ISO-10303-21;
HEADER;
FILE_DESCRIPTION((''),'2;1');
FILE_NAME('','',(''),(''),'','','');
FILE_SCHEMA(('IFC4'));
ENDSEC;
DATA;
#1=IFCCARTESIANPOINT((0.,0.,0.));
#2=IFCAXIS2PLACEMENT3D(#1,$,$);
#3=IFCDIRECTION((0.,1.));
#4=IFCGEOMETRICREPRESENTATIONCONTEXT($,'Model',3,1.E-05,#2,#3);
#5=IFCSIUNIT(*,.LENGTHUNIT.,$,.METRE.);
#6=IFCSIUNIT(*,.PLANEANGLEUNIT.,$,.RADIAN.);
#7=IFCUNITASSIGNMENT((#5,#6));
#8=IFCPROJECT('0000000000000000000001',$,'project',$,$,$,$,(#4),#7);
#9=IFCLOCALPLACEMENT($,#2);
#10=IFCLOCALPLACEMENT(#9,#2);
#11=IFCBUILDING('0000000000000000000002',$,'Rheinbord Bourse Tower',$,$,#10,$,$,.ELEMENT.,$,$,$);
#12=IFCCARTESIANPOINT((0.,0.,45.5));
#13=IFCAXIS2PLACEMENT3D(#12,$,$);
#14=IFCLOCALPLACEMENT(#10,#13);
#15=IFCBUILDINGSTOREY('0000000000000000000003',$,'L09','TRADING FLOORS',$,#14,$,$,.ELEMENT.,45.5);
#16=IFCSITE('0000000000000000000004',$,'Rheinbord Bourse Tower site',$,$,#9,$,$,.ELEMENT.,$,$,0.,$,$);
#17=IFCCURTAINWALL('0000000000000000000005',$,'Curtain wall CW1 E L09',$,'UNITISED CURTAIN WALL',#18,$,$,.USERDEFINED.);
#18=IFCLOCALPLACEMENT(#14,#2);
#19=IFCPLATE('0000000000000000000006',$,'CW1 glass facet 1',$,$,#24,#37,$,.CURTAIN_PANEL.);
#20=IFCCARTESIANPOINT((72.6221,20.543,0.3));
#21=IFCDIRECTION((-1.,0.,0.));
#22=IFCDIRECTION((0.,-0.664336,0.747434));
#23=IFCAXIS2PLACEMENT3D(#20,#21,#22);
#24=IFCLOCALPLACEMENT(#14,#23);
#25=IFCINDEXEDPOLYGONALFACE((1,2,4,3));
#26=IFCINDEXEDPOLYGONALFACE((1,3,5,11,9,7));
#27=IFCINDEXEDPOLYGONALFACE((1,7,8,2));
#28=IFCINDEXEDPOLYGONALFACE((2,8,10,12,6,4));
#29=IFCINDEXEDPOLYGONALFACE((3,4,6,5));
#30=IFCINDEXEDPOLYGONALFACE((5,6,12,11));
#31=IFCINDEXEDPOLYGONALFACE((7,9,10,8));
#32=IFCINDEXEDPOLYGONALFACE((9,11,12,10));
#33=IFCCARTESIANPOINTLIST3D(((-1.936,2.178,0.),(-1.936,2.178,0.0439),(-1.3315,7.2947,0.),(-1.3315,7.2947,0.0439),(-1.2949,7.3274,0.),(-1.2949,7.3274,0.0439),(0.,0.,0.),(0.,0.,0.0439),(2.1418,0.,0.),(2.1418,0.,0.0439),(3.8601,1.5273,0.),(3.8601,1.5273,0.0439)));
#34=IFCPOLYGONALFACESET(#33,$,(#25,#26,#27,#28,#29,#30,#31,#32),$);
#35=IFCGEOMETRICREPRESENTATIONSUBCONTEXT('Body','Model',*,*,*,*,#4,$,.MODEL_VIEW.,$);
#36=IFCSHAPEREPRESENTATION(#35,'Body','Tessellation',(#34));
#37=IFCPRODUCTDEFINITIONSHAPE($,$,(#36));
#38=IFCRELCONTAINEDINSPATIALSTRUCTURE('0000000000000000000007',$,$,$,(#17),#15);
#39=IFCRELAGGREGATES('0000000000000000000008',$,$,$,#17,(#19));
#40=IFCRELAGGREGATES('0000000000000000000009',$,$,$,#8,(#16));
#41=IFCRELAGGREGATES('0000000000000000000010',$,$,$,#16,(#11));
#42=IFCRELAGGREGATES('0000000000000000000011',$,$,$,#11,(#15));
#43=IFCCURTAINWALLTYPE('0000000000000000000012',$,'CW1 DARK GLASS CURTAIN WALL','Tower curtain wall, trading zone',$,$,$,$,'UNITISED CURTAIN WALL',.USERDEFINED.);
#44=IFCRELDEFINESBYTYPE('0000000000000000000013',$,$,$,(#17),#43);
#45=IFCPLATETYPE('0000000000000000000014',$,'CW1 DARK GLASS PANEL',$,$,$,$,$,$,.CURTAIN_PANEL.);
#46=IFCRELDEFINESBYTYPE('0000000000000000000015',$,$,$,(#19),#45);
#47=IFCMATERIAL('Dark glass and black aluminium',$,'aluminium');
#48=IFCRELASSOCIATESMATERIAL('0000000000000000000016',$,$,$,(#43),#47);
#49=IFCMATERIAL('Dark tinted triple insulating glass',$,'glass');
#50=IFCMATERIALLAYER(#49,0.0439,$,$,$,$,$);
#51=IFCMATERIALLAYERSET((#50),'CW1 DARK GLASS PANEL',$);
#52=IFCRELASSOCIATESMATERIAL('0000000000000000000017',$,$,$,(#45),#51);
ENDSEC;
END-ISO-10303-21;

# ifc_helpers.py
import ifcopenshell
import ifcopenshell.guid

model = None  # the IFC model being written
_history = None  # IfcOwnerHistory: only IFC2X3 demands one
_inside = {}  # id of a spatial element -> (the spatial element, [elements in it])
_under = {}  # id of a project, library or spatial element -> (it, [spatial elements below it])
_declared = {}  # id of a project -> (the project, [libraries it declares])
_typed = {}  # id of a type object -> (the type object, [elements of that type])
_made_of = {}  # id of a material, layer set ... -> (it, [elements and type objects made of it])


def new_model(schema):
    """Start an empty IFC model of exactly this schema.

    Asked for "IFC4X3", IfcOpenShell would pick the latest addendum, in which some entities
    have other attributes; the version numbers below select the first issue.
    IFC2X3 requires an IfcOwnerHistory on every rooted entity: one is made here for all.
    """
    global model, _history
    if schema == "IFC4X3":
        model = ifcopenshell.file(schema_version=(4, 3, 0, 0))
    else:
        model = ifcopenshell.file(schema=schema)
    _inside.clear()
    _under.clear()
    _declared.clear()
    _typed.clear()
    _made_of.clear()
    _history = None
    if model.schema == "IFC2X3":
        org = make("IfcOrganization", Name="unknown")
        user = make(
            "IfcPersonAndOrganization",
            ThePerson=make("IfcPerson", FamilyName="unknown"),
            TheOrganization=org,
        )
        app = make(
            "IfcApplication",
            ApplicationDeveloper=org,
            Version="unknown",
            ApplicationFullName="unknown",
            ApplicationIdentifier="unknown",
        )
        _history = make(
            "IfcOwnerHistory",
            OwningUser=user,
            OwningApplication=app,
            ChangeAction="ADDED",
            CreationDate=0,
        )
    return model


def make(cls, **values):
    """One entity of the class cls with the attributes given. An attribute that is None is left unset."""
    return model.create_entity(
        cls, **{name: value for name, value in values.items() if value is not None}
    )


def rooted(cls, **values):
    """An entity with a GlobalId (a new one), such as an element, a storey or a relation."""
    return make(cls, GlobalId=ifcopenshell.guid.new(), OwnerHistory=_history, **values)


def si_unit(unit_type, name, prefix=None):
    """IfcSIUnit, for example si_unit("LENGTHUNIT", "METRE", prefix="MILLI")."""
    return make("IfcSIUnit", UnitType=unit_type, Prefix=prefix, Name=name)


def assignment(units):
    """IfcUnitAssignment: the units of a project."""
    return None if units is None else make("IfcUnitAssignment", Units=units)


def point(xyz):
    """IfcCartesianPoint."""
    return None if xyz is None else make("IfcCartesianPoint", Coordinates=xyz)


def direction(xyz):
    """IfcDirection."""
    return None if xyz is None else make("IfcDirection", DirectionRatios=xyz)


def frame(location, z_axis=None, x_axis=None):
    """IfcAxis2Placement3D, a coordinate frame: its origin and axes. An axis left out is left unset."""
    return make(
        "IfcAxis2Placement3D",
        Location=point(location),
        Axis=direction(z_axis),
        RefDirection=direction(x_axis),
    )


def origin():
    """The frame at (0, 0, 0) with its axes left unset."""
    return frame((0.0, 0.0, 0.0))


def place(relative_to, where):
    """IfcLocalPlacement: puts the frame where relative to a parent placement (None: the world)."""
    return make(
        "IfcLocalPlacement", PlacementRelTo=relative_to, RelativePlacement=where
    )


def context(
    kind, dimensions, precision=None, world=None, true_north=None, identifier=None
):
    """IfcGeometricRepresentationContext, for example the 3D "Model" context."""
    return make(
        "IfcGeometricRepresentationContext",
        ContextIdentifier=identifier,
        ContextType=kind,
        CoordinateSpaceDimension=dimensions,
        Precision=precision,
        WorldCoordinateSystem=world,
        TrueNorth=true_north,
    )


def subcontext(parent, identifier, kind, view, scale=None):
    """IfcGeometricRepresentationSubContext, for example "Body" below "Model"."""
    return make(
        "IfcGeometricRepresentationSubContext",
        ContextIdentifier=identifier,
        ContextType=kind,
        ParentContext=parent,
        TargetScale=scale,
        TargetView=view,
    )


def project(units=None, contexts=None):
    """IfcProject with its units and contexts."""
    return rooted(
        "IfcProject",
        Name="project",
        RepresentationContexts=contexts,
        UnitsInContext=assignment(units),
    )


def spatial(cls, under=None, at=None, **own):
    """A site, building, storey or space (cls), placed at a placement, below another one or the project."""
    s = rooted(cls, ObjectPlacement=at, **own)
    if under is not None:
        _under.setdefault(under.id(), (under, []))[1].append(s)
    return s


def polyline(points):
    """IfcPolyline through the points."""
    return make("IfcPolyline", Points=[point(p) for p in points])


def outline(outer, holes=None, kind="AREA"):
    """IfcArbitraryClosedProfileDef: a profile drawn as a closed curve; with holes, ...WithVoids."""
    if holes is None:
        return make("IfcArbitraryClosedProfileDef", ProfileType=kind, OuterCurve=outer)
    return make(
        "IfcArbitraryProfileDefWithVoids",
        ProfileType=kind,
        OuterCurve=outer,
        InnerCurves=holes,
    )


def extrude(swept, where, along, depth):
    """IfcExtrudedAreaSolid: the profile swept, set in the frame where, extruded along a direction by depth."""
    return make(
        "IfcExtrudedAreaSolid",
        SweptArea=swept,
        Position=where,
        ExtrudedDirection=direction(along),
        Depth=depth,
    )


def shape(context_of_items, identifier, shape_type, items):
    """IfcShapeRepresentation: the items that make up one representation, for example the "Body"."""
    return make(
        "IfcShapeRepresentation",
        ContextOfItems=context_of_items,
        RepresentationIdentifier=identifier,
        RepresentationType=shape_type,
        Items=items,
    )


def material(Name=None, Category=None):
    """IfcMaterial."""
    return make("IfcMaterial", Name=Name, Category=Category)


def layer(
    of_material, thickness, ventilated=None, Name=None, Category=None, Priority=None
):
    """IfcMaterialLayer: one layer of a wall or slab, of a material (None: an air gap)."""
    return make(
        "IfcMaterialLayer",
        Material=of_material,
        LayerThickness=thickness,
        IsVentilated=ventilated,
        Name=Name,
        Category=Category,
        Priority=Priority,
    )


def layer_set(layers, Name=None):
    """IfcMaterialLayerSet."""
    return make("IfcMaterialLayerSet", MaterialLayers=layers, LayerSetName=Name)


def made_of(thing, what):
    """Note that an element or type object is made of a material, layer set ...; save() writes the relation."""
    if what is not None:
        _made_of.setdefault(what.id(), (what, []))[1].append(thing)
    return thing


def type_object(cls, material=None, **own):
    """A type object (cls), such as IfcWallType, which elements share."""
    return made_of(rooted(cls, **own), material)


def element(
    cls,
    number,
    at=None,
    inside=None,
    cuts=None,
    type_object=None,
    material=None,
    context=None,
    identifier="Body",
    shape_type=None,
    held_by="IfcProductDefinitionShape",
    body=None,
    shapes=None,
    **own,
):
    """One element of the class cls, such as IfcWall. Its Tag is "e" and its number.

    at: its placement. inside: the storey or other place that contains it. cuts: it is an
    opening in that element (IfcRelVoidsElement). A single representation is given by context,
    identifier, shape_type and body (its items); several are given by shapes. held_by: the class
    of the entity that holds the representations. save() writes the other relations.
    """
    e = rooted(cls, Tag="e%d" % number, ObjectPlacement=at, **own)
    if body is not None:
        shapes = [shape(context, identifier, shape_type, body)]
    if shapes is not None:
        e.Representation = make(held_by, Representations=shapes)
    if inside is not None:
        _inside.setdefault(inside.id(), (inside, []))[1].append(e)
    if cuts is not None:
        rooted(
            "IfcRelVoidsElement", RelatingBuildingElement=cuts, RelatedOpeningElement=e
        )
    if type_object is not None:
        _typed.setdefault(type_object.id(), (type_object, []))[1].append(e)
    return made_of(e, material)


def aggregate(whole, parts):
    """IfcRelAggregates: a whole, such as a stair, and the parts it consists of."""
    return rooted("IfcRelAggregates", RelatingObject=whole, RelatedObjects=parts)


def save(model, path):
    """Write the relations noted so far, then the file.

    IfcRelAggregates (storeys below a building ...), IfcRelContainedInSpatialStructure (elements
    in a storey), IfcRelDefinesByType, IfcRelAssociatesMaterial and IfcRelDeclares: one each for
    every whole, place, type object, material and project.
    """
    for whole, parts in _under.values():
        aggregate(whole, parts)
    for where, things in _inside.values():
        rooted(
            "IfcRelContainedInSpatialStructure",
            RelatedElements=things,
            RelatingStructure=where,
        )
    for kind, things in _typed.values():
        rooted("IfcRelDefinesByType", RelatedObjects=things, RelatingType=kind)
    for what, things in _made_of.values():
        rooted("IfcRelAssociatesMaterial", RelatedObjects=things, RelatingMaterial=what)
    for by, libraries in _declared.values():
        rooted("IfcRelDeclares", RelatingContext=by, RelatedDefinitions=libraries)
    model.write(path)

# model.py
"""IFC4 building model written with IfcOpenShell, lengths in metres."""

from ifc_helpers import new_model, si_unit, direction, frame, origin, place, context, subcontext, project, spatial, polyline, outline, extrude, material, layer, layer_set, type_object, element, aggregate, save


model = new_model("IFC4")

# Units and contexts
model_context = context("Model", 3, precision=1e-05, world=origin(), true_north=direction((0.0, 1.0)))
body_context = subcontext(model_context, "Body", "Model", "MODEL_VIEW")
ifc_project = project(units=[si_unit("LENGTHUNIT", "METRE"), si_unit("PLANEANGLEUNIT", "RADIAN")], contexts=[model_context])

# Site, building, storey
site_placement = place(None, origin())
site = spatial("IfcSite", under=ifc_project, at=site_placement, Name="Rheinbord Bourse Tower site", CompositionType="ELEMENT", RefElevation=0.0)
building_placement = place(site_placement, origin())
building = spatial("IfcBuilding", under=site, at=building_placement, Name="Rheinbord Bourse Tower", CompositionType="ELEMENT")
storey_placement = place(building_placement, frame((0.0, 0.0, 45.5)))
storey = spatial("IfcBuildingStorey", under=building, at=storey_placement, Name="L09", Description="TRADING FLOORS", CompositionType="ELEMENT", Elevation=45.5)

# Curtain wall
ifc_material_1 = material(Name="Dark glass and black aluminium", Category="aluminium")
curtain_wall_type = type_object("IfcCurtainWallType", Name="CW1 DARK GLASS CURTAIN WALL", Description="Tower curtain wall, trading zone", ElementType="UNITISED CURTAIN WALL", PredefinedType="USERDEFINED", material=ifc_material_1)
curtain_wall_placement = place(storey_placement, origin())
curtain_wall = element("IfcCurtainWall", 1, at=curtain_wall_placement, inside=storey, type_object=curtain_wall_type, Name="Curtain wall CW1 E L09", ObjectType="UNITISED CURTAIN WALL", PredefinedType="USERDEFINED")

# Plate
ifc_material_2 = material(Name="Dark tinted triple insulating glass", Category="glass")
ifc_layer_1 = layer(ifc_material_2, 0.0439)
ifc_layer_set_1 = layer_set([ifc_layer_1], Name="CW1 DARK GLASS PANEL")
plate_type = type_object("IfcPlateType", Name="CW1 DARK GLASS PANEL", PredefinedType="CURTAIN_PANEL", material=ifc_layer_set_1)
plate_1_placement = place(storey_placement, frame((72.6221, 20.543, 0.3), z_axis=(-1.0, 0.0, 0.0), x_axis=(0.0, -0.664336, 0.747434)))
plate_1 = element("IfcPlate", 2, at=plate_1_placement, type_object=plate_type, Name="CW1 glass facet 1", PredefinedType="CURTAIN_PANEL", context=body_context, shape_type="SweptSolid", body=[
    extrude(outline(polyline([(0.0, 0.0), (2.1418, 0.0), (3.8601, 1.5273), (-1.2949, 7.3274), (-1.3315, 7.2947), (-1.936, 2.178), (0.0, 0.0)])), origin(), (0.0, 0.0, 1.0), 0.0439),
])
aggregate(curtain_wall, [plate_1])

save(model, "model.ifc")
